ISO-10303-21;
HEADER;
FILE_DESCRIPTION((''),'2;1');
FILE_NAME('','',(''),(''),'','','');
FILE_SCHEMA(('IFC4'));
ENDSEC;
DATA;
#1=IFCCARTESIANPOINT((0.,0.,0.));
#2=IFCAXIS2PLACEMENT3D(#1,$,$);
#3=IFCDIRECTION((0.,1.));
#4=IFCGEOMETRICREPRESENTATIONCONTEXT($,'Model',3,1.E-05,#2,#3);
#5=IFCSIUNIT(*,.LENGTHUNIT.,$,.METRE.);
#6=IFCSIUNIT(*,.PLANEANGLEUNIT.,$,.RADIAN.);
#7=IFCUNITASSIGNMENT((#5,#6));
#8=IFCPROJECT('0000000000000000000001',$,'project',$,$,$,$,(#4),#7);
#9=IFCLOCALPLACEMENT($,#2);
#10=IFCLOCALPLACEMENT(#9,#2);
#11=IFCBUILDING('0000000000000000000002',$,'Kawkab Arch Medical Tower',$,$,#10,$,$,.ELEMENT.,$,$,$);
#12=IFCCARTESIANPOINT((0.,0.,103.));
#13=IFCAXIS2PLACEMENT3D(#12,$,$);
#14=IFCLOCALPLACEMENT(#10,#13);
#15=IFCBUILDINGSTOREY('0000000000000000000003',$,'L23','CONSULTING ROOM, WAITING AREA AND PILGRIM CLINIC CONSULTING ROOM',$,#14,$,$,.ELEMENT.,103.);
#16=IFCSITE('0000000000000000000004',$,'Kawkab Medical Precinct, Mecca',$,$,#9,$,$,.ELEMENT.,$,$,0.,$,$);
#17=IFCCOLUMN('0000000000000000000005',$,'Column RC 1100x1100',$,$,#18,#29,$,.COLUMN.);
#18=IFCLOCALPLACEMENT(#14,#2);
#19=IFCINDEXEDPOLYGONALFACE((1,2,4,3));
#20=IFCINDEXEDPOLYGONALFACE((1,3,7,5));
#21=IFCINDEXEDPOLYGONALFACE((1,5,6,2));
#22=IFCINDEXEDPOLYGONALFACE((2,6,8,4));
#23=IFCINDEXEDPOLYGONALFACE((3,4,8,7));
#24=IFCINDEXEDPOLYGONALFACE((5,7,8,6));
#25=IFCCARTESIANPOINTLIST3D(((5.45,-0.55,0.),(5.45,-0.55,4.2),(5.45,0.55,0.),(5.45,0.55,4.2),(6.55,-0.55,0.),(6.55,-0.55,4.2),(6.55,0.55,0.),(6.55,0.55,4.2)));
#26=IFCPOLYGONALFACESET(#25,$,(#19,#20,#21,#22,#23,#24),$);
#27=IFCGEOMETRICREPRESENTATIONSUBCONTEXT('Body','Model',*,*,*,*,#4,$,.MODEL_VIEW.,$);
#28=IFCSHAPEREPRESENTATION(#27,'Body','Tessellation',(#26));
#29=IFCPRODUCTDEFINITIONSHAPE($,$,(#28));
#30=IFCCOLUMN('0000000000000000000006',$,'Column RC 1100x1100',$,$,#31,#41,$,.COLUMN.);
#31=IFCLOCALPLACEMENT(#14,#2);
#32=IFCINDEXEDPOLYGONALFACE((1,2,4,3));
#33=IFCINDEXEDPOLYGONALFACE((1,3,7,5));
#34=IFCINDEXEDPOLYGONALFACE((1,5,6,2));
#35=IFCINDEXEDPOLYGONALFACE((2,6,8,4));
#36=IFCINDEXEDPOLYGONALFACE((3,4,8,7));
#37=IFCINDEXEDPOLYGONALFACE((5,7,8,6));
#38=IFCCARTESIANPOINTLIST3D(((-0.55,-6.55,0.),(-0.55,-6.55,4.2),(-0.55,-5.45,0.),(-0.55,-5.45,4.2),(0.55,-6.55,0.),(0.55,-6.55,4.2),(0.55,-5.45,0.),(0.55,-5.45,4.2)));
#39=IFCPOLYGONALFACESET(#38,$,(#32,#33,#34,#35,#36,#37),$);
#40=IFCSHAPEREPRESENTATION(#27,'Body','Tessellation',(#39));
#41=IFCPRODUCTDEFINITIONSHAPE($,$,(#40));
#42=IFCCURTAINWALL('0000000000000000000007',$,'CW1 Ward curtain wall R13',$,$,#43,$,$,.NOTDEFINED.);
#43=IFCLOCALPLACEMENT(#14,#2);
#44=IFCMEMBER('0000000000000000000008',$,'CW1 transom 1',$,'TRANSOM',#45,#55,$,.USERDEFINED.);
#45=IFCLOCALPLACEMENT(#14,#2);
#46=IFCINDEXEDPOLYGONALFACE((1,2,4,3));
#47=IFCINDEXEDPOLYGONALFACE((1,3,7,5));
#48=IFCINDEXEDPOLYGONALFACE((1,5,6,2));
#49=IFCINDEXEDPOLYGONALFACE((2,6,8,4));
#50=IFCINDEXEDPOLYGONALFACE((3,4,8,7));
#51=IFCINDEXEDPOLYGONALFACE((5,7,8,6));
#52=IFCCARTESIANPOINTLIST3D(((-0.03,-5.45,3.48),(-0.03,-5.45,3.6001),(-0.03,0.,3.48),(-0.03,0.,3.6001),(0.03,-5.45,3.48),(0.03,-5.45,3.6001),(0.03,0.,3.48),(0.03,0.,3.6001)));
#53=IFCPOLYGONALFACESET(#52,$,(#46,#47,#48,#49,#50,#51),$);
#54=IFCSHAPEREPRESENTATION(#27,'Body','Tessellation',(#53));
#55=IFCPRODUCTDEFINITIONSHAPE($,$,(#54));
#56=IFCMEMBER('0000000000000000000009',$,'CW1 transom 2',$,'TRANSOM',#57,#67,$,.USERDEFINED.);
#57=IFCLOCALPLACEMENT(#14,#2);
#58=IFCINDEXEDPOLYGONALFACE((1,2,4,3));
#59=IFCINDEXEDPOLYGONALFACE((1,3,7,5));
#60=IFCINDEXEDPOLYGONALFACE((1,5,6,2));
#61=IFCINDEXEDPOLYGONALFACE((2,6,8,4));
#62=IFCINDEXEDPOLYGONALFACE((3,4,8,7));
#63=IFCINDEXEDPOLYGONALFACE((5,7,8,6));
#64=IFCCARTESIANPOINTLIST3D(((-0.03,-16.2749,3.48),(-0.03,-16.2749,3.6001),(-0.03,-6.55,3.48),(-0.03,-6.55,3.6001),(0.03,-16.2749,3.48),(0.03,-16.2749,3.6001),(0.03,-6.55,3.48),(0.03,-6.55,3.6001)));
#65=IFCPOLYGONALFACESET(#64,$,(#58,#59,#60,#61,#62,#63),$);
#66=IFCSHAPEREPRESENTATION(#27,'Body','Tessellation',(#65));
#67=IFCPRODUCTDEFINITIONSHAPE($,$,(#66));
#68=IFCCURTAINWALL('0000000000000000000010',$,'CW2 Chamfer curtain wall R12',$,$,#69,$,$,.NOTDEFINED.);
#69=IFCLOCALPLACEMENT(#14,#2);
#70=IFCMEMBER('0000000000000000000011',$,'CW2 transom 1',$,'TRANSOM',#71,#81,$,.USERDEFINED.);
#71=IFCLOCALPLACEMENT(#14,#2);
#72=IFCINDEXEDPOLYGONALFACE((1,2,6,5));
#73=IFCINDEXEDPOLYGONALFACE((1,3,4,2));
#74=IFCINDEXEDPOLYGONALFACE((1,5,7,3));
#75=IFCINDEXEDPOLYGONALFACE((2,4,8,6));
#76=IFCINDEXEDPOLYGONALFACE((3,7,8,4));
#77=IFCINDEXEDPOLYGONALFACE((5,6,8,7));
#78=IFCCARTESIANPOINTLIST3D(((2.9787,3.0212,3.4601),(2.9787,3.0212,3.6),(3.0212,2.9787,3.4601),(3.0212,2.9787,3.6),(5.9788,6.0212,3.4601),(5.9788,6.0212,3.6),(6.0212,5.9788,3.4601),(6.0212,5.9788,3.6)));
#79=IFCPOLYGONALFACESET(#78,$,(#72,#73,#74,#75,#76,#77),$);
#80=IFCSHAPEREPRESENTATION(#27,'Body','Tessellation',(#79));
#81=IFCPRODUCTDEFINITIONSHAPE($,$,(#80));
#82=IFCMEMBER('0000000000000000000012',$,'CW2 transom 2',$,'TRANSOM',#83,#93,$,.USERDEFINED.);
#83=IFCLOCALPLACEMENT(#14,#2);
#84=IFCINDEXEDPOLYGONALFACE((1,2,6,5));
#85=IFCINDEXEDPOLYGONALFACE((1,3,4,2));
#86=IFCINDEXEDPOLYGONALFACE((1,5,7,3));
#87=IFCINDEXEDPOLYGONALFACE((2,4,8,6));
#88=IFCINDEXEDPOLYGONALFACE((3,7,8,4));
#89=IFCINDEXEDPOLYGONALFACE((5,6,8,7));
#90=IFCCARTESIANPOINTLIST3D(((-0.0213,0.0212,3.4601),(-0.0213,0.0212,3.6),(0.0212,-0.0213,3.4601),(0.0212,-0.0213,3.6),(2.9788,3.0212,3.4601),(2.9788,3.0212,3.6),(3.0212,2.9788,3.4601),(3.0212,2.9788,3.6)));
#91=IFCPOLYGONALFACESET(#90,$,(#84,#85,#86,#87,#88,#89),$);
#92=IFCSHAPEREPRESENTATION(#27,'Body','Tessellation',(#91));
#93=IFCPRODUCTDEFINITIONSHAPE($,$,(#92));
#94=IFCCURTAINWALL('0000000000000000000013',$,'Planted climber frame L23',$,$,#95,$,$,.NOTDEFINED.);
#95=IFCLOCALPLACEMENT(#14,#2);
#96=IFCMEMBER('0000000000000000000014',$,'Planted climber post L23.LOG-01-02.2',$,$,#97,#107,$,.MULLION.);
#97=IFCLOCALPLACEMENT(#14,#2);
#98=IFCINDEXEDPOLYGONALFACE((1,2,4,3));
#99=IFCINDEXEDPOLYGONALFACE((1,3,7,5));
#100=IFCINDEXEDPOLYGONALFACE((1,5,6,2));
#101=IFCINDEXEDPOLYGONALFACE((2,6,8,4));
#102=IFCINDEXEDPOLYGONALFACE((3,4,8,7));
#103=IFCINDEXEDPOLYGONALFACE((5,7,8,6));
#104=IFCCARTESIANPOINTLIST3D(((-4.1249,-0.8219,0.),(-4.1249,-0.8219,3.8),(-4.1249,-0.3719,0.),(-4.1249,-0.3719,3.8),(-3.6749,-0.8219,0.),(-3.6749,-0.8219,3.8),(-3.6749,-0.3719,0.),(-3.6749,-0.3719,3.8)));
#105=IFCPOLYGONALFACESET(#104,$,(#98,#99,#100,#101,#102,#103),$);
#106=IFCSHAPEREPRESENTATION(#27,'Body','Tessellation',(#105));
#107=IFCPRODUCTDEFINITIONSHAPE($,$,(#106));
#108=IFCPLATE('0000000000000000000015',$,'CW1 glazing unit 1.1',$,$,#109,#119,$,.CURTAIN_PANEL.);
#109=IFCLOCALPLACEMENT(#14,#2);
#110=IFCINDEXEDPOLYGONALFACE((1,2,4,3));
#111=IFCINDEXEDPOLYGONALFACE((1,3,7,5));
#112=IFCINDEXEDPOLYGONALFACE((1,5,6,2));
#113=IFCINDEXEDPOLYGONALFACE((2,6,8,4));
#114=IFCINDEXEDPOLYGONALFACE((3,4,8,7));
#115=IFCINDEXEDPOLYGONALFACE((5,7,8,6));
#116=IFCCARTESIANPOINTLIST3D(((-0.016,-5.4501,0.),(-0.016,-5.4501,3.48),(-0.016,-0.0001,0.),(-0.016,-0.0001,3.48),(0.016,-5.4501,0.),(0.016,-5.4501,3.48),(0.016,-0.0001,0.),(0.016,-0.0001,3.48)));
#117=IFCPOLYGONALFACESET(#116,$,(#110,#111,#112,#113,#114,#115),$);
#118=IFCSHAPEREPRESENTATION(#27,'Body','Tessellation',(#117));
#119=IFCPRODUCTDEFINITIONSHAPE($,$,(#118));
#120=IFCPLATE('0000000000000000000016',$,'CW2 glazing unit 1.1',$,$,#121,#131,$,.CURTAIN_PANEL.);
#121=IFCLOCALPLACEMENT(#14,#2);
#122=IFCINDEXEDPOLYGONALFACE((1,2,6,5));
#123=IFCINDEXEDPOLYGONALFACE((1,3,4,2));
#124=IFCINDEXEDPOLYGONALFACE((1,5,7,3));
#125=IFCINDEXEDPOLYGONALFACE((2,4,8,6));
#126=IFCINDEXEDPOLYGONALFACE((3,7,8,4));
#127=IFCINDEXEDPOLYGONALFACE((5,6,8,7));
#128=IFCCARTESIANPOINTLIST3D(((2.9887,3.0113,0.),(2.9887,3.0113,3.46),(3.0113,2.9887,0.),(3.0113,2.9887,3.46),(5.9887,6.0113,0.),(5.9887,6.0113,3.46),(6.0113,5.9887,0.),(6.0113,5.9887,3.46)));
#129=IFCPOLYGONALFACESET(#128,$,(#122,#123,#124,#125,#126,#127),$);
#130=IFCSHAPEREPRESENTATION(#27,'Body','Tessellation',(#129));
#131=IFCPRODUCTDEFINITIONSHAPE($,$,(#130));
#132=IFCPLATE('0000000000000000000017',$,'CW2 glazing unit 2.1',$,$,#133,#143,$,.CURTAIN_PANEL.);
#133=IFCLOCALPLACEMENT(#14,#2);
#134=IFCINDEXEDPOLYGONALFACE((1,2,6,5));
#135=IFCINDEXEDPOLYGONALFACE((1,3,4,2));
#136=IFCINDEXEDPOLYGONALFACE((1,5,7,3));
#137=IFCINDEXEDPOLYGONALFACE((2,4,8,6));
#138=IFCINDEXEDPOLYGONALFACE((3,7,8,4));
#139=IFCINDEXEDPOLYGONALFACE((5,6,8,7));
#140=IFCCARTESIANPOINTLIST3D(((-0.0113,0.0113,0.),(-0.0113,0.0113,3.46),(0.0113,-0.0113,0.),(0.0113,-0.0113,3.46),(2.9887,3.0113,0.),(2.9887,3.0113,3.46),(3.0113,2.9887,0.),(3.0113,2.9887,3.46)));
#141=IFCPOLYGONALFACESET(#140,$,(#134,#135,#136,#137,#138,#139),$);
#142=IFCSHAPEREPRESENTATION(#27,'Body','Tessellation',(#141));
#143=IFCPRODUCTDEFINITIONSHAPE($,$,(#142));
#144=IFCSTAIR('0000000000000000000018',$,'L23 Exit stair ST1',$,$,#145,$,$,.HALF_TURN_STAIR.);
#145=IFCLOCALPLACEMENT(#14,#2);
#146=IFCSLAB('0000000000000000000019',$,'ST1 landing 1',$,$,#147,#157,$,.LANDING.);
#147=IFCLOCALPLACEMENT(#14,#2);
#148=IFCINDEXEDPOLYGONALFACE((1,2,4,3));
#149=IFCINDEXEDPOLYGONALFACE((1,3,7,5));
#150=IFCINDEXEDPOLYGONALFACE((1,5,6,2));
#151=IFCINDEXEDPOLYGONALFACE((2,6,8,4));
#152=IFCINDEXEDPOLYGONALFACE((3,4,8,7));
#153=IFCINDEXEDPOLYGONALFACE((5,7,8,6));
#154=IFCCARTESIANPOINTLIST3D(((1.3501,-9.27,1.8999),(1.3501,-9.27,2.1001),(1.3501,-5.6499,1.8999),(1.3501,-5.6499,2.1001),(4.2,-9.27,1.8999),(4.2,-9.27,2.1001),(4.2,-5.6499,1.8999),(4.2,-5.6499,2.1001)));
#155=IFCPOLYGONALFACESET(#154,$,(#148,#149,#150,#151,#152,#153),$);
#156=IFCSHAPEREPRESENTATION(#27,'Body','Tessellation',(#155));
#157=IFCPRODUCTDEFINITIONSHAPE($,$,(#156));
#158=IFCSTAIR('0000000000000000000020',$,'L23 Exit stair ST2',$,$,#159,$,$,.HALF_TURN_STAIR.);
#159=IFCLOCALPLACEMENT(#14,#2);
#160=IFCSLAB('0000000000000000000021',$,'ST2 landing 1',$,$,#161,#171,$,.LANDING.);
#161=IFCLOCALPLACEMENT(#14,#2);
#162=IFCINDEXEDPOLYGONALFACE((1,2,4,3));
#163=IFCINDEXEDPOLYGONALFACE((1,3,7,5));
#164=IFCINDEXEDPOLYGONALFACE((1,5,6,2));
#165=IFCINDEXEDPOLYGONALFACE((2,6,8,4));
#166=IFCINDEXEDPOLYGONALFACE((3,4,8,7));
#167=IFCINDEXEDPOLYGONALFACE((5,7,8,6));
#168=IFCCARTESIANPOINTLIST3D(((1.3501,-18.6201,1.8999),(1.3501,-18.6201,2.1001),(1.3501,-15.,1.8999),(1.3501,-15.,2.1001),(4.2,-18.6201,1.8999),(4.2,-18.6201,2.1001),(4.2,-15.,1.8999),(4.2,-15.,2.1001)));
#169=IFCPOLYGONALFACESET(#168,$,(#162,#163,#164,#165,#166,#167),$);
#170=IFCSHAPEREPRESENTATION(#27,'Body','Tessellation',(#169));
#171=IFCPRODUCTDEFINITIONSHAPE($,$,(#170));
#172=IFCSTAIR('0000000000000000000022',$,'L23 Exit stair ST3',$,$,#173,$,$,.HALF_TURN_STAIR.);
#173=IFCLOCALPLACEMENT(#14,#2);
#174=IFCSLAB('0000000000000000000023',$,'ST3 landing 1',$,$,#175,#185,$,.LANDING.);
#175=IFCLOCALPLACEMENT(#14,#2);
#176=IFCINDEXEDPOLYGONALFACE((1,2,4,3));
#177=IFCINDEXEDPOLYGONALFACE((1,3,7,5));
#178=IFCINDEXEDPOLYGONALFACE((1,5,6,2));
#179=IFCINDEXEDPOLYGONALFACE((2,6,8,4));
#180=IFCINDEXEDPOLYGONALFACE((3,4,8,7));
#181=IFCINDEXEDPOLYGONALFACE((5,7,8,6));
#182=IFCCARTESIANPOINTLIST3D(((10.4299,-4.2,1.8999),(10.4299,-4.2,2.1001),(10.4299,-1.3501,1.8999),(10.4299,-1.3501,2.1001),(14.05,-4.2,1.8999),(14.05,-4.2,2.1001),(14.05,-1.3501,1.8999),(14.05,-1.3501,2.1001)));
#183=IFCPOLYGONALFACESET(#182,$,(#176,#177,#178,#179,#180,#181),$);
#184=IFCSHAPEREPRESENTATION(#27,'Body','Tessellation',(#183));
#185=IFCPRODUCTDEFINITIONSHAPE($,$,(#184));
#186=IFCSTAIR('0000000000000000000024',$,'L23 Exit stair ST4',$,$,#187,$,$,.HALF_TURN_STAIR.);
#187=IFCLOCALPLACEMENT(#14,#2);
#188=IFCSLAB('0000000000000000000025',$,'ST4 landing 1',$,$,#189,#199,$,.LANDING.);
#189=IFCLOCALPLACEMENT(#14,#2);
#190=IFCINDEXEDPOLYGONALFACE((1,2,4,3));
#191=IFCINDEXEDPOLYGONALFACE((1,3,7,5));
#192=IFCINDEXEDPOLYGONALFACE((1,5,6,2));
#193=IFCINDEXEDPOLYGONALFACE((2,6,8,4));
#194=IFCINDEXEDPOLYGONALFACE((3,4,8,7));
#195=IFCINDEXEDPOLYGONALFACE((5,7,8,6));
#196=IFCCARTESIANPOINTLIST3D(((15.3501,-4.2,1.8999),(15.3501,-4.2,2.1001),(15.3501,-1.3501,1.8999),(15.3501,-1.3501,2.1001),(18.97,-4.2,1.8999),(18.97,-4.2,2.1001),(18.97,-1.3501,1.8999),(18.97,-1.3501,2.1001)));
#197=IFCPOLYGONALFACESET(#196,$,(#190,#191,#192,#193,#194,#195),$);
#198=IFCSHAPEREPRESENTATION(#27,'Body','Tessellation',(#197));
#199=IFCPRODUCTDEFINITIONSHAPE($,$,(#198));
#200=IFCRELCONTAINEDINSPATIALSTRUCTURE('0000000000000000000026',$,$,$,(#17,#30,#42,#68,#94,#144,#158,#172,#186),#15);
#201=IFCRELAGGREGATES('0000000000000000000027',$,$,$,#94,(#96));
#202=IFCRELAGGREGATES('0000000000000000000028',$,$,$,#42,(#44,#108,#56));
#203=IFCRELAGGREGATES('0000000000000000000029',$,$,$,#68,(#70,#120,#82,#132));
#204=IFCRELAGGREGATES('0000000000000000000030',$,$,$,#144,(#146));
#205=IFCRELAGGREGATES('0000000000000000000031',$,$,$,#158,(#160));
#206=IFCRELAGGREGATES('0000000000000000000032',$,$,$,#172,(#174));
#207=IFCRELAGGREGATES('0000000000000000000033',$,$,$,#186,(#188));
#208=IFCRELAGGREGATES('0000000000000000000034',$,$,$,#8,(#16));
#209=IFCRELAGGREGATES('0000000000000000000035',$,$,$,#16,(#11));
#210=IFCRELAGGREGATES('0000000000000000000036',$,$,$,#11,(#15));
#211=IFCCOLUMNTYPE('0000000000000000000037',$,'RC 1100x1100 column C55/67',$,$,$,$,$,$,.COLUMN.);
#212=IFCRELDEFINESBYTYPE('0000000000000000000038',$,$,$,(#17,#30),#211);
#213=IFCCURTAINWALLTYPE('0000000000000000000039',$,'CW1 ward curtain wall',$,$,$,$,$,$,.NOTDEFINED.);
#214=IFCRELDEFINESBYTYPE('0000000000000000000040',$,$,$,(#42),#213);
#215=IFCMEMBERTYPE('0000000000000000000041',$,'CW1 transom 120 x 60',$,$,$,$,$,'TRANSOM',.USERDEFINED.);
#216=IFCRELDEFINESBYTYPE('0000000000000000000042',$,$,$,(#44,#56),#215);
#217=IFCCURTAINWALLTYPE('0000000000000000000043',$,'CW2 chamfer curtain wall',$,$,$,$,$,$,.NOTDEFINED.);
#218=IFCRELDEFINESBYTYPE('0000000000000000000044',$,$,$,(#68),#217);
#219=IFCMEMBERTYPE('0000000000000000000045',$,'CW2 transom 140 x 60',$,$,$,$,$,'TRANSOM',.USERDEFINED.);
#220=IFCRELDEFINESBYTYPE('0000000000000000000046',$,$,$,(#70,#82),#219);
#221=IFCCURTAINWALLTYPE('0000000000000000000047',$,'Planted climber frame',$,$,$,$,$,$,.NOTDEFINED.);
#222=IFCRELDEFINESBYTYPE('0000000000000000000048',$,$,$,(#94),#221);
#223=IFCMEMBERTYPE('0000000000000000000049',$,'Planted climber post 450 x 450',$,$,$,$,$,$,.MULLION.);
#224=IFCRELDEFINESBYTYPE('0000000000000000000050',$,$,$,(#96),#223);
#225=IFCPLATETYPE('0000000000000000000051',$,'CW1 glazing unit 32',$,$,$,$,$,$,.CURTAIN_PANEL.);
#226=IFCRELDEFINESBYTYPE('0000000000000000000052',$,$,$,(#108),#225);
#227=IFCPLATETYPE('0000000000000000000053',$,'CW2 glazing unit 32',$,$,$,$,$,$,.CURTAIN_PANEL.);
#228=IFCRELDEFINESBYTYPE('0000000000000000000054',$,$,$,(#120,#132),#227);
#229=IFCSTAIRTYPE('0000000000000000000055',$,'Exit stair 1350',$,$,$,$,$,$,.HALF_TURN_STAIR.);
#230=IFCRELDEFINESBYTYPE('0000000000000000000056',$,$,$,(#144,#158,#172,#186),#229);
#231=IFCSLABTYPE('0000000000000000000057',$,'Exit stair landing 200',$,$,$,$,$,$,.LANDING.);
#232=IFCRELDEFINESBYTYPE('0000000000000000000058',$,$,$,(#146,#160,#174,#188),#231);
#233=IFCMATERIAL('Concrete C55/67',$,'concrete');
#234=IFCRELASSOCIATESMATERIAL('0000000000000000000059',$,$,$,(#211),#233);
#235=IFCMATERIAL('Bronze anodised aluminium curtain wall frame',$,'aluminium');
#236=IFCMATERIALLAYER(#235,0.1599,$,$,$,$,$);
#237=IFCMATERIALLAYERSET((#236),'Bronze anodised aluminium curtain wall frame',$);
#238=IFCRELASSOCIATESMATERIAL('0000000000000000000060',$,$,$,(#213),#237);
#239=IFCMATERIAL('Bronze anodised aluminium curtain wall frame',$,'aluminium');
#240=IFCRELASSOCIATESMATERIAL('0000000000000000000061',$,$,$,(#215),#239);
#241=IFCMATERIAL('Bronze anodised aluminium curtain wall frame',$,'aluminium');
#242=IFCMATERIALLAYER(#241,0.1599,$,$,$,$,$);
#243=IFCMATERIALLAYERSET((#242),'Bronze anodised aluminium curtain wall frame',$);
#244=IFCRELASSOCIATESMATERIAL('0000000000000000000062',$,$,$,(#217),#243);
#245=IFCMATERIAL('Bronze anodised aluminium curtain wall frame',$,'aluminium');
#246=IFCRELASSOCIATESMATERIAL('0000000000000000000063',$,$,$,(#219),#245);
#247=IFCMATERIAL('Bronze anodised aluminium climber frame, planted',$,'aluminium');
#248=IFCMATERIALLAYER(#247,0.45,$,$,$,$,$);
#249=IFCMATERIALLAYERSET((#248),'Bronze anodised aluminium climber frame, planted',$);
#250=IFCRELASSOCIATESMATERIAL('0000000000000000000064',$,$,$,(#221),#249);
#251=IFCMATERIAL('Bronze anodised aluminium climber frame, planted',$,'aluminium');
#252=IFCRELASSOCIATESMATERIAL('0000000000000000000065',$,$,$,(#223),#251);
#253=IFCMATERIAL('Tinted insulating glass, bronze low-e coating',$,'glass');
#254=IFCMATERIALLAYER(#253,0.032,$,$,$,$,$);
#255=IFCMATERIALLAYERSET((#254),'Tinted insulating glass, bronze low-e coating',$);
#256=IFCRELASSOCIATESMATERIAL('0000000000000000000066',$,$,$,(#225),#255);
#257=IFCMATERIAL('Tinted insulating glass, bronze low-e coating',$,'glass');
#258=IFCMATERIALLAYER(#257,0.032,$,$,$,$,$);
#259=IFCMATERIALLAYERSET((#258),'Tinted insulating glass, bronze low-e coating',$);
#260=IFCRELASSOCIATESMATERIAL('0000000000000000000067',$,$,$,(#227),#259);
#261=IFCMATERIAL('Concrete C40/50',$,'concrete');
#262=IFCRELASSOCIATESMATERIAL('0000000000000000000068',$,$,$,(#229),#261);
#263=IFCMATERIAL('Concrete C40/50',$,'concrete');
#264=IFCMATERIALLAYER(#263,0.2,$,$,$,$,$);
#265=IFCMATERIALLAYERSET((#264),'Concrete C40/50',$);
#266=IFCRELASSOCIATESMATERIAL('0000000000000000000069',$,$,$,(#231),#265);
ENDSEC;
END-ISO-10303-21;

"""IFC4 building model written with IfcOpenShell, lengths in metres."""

from ifc_helpers import new_model, si_unit, direction, frame, origin, origin_2d, place, context, subcontext, project, spatial, polyline, rectangle, outline, extrude, material, layer, layer_set, material_profile, profile_set, type_object, element, aggregate, save


model = new_model("IFC4")

# Units and contexts
model_context = context("Model", 3, precision=1e-05, world=origin(), true_north=direction((0.0, 1.0)))
body_context = subcontext(model_context, "Body", "Model", "MODEL_VIEW")
ifc_project = project(units=[si_unit("LENGTHUNIT", "METRE"), si_unit("PLANEANGLEUNIT", "RADIAN")], contexts=[model_context])

# Site, building, storey
site_placement = place(None, origin())
site = spatial("IfcSite", under=ifc_project, at=site_placement, Name="Kawkab Medical Precinct, Mecca", CompositionType="ELEMENT", RefElevation=0.0)
building_placement = place(site_placement, origin())
building = spatial("IfcBuilding", under=site, at=building_placement, Name="Kawkab Arch Medical Tower", CompositionType="ELEMENT")
storey_placement = place(building_placement, frame((0.0, 0.0, 103.0)))
storey = spatial("IfcBuildingStorey", under=building, at=storey_placement, Name="L23", Description="CONSULTING ROOM, WAITING AREA AND PILGRIM CLINIC CONSULTING ROOM", CompositionType="ELEMENT", Elevation=103.0)

# Columns
ifc_material_1 = material(Name="Concrete C55/67", Category="concrete")
ifc_material_profile_1 = material_profile(ifc_material_1, rectangle(XDim=1.1001, YDim=1.1001, at=origin_2d()), Name="RC 1100x1100")
ifc_profile_set_1 = profile_set([ifc_material_profile_1], Name="Concrete C55/67")
column_type = type_object("IfcColumnType", Name="RC 1100x1100 column C55/67", PredefinedType="COLUMN", material=ifc_profile_set_1)
for number, where, z_axis, x_axis, name in (
    (1, (6.0, 0.0, 0.0), (0.0, 0.0, 1.0), (1.0, 0.0, 0.0), "Column RC 1100x1100"),
    (2, (0.0, -6.0, 0.0), (0.0, 0.0, 1.0), (1.0, 0.0, 0.0), "Column RC 1100x1100"),
):
    element("IfcColumn", number, at=place(storey_placement, frame(where, z_axis=z_axis, x_axis=x_axis)), inside=storey, type_object=column_type, Name=name, PredefinedType="COLUMN", context=body_context, shape_type="SweptSolid", body=[
        extrude(rectangle(XDim=1.1001, YDim=1.1001, at=origin_2d()), origin(), (0.0, 0.0, 1.0), 4.2),
    ])

# Curtain walls, members
ifc_material_2 = material(Name="Bronze anodised aluminium curtain wall frame", Category="aluminium")
ifc_layer_1 = layer(ifc_material_2, 0.1599)
ifc_layer_set_1 = layer_set([ifc_layer_1], Name="Bronze anodised aluminium curtain wall frame")
curtain_wall_type_1 = type_object("IfcCurtainWallType", Name="CW1 ward curtain wall", PredefinedType="NOTDEFINED", material=ifc_layer_set_1)
placement_1 = place(storey_placement, origin())
curtain_wall_1 = element("IfcCurtainWall", 3, at=placement_1, inside=storey, type_object=curtain_wall_type_1, Name="CW1 Ward curtain wall R13", PredefinedType="NOTDEFINED")
ifc_material_3 = material(Name="Bronze anodised aluminium curtain wall frame", Category="aluminium")
ifc_material_profile_2 = material_profile(ifc_material_3, rectangle(XDim=0.0601, YDim=0.1201, at=origin_2d()), Name="AL 60x120")
ifc_profile_set_2 = profile_set([ifc_material_profile_2], Name="Bronze anodised aluminium curtain wall frame")
member_type_1 = type_object("IfcMemberType", Name="CW1 transom 120 x 60", ElementType="TRANSOM", PredefinedType="USERDEFINED", material=ifc_profile_set_2)
member_1_placement = place(storey_placement, frame((0.0, 0.0, 3.54), z_axis=(0.0, -1.0, 0.0), x_axis=(1.0, 0.0, 0.0)))
member_1 = element("IfcMember", 4, at=member_1_placement, type_object=member_type_1, Name="CW1 transom 1", ObjectType="TRANSOM", PredefinedType="USERDEFINED", context=body_context, shape_type="SweptSolid", body=[
    extrude(rectangle(XDim=0.0601, YDim=0.1201, at=origin_2d()), origin(), (0.0, 0.0, 1.0), 5.45),
])
member_2_placement = place(storey_placement, frame((0.0, -6.55, 3.54), z_axis=(0.0, -1.0, 0.0), x_axis=(1.0, 0.0, 0.0)))
member_2 = element("IfcMember", 5, at=member_2_placement, type_object=member_type_1, Name="CW1 transom 2", ObjectType="TRANSOM", PredefinedType="USERDEFINED", context=body_context, shape_type="SweptSolid", body=[
    extrude(rectangle(XDim=0.0601, YDim=0.1201, at=origin_2d()), origin(), (0.0, 0.0, 1.0), 9.7249),
])
ifc_material_4 = material(Name="Bronze anodised aluminium curtain wall frame", Category="aluminium")
ifc_layer_2 = layer(ifc_material_4, 0.1599)
ifc_layer_set_2 = layer_set([ifc_layer_2], Name="Bronze anodised aluminium curtain wall frame")
curtain_wall_type_2 = type_object("IfcCurtainWallType", Name="CW2 chamfer curtain wall", PredefinedType="NOTDEFINED", material=ifc_layer_set_2)
curtain_wall_2 = element("IfcCurtainWall", 6, at=placement_1, inside=storey, type_object=curtain_wall_type_2, Name="CW2 Chamfer curtain wall R12", PredefinedType="NOTDEFINED")
ifc_material_5 = material(Name="Bronze anodised aluminium curtain wall frame", Category="aluminium")
ifc_material_profile_3 = material_profile(ifc_material_5, rectangle(XDim=0.0601, YDim=0.1399, at=origin_2d()), Name="AL 60x140")
ifc_profile_set_3 = profile_set([ifc_material_profile_3], Name="Bronze anodised aluminium curtain wall frame")
member_type_2 = type_object("IfcMemberType", Name="CW2 transom 140 x 60", ElementType="TRANSOM", PredefinedType="USERDEFINED", material=ifc_profile_set_3)
member_3_placement = place(storey_placement, frame((6.0, 6.0, 3.53), z_axis=(-0.707107, -0.707107, 0.0), x_axis=(0.707107, -0.707107, 0.0)))
member_3 = element("IfcMember", 7, at=member_3_placement, type_object=member_type_2, Name="CW2 transom 1", ObjectType="TRANSOM", PredefinedType="USERDEFINED", context=body_context, shape_type="SweptSolid", body=[
    extrude(rectangle(XDim=0.0601, YDim=0.1399, at=origin_2d()), origin(), (0.0, 0.0, 1.0), 4.2427),
])
member_4_placement = place(storey_placement, frame((3.0, 3.0, 3.53), z_axis=(-0.707107, -0.707107, 0.0), x_axis=(0.707107, -0.707107, 0.0)))
member_4 = element("IfcMember", 8, at=member_4_placement, type_object=member_type_2, Name="CW2 transom 2", ObjectType="TRANSOM", PredefinedType="USERDEFINED", context=body_context, shape_type="SweptSolid", body=[
    extrude(rectangle(XDim=0.0601, YDim=0.1399, at=origin_2d()), origin(), (0.0, 0.0, 1.0), 4.2427),
])

# Curtain wall, member
ifc_material_6 = material(Name="Bronze anodised aluminium climber frame, planted", Category="aluminium")
ifc_layer_3 = layer(ifc_material_6, 0.45)
ifc_layer_set_3 = layer_set([ifc_layer_3], Name="Bronze anodised aluminium climber frame, planted")
curtain_wall_type_3 = type_object("IfcCurtainWallType", Name="Planted climber frame", PredefinedType="NOTDEFINED", material=ifc_layer_set_3)
curtain_wall_3 = element("IfcCurtainWall", 9, at=placement_1, inside=storey, type_object=curtain_wall_type_3, Name="Planted climber frame L23", PredefinedType="NOTDEFINED")
ifc_material_7 = material(Name="Bronze anodised aluminium climber frame, planted", Category="aluminium")
ifc_material_profile_4 = material_profile(ifc_material_7, rectangle(XDim=0.45, YDim=0.45, at=origin_2d()), Name="Post 450x450")
ifc_profile_set_4 = profile_set([ifc_material_profile_4], Name="Bronze anodised aluminium climber frame, planted")
member_type_3 = type_object("IfcMemberType", Name="Planted climber post 450 x 450", PredefinedType="MULLION", material=ifc_profile_set_4)
member_5_placement = place(storey_placement, frame((-3.8999, -0.5969, 0.0), z_axis=(0.0, 0.0, 1.0), x_axis=(1.0, 0.0, 0.0)))
member_5 = element("IfcMember", 10, at=member_5_placement, type_object=member_type_3, Name="Planted climber post L23.LOG-01-02.2", PredefinedType="MULLION", context=body_context, shape_type="SweptSolid", body=[
    extrude(rectangle(XDim=0.45, YDim=0.45, at=origin_2d()), origin(), (0.0, 0.0, 1.0), 3.8),
])
aggregate(curtain_wall_3, [member_5])

# Plates
ifc_material_8 = material(Name="Tinted insulating glass, bronze low-e coating", Category="glass")
ifc_layer_4 = layer(ifc_material_8, 0.032)
ifc_layer_set_4 = layer_set([ifc_layer_4], Name="Tinted insulating glass, bronze low-e coating")
plate_type_1 = type_object("IfcPlateType", Name="CW1 glazing unit 32", PredefinedType="CURTAIN_PANEL", material=ifc_layer_set_4)
plate_1_placement = place(storey_placement, frame((0.0, -2.7251, 0.0), z_axis=(0.0, 0.0, 1.0), x_axis=(0.0, -1.0, 0.0)))
plate_1 = element("IfcPlate", 11, at=plate_1_placement, type_object=plate_type_1, Name="CW1 glazing unit 1.1", PredefinedType="CURTAIN_PANEL", context=body_context, shape_type="SweptSolid", body=[
    extrude(rectangle(XDim=5.45, YDim=0.032, at=origin_2d()), origin(), (0.0, 0.0, 1.0), 3.48),
])
aggregate(curtain_wall_1, [member_1, plate_1, member_2])
ifc_material_9 = material(Name="Tinted insulating glass, bronze low-e coating", Category="glass")
ifc_layer_5 = layer(ifc_material_9, 0.032)
ifc_layer_set_5 = layer_set([ifc_layer_5], Name="Tinted insulating glass, bronze low-e coating")
plate_type_2 = type_object("IfcPlateType", Name="CW2 glazing unit 32", PredefinedType="CURTAIN_PANEL", material=ifc_layer_set_5)
plate_2_placement = place(storey_placement, frame((4.5, 4.5, 0.0), z_axis=(0.0, 0.0, 1.0), x_axis=(-0.707107, -0.707107, 0.0)))
plate_2 = element("IfcPlate", 12, at=plate_2_placement, type_object=plate_type_2, Name="CW2 glazing unit 1.1", PredefinedType="CURTAIN_PANEL", context=body_context, shape_type="SweptSolid", body=[
    extrude(rectangle(XDim=4.2427, YDim=0.032, at=origin_2d()), origin(), (0.0, 0.0, 1.0), 3.46),
])
plate_3_placement = place(storey_placement, frame((1.5, 1.5, 0.0), z_axis=(0.0, 0.0, 1.0), x_axis=(-0.707107, -0.707107, 0.0)))
plate_3 = element("IfcPlate", 13, at=plate_3_placement, type_object=plate_type_2, Name="CW2 glazing unit 2.1", PredefinedType="CURTAIN_PANEL", context=body_context, shape_type="SweptSolid", body=[
    extrude(rectangle(XDim=4.2427, YDim=0.032, at=origin_2d()), origin(), (0.0, 0.0, 1.0), 3.46),
])
aggregate(curtain_wall_2, [member_3, plate_2, member_4, plate_3])

# Stairs, slabs
ifc_material_10 = material(Name="Concrete C40/50", Category="concrete")
stair_type = type_object("IfcStairType", Name="Exit stair 1350", PredefinedType="HALF_TURN_STAIR", material=ifc_material_10)
stair_1 = element("IfcStair", 14, at=placement_1, inside=storey, type_object=stair_type, Name="L23 Exit stair ST1", PredefinedType="HALF_TURN_STAIR")
ifc_material_11 = material(Name="Concrete C40/50", Category="concrete")
ifc_layer_6 = layer(ifc_material_11, 0.2)
ifc_layer_set_6 = layer_set([ifc_layer_6], Name="Concrete C40/50")
slab_type_1 = type_object("IfcSlabType", Name="Exit stair landing 200", PredefinedType="LANDING", material=ifc_layer_set_6)
placement_2 = place(storey_placement, frame((0.0, 0.0, 1.8999)))
slab_1 = element("IfcSlab", 15, at=placement_2, type_object=slab_type_1, Name="ST1 landing 1", PredefinedType="LANDING", context=body_context, shape_type="SweptSolid", body=[
    extrude(outline(polyline([(4.2, -9.27), (4.2, -5.6499), (1.3501, -5.6499), (1.3501, -9.27), (4.2, -9.27)])), origin(), (0.0, 0.0, 1.0), 0.2002),
])
aggregate(stair_1, [slab_1])
stair_2 = element("IfcStair", 16, at=placement_1, inside=storey, type_object=stair_type, Name="L23 Exit stair ST2", PredefinedType="HALF_TURN_STAIR")
slab_2 = element("IfcSlab", 17, at=placement_2, type_object=slab_type_1, Name="ST2 landing 1", PredefinedType="LANDING", context=body_context, shape_type="SweptSolid", body=[
    extrude(outline(polyline([(4.2, -18.6201), (4.2, -15.0), (1.3501, -15.0), (1.3501, -18.6201), (4.2, -18.6201)])), origin(), (0.0, 0.0, 1.0), 0.2002),
])
aggregate(stair_2, [slab_2])
stair_3 = element("IfcStair", 18, at=placement_1, inside=storey, type_object=stair_type, Name="L23 Exit stair ST3", PredefinedType="HALF_TURN_STAIR")
slab_3 = element("IfcSlab", 19, at=placement_2, type_object=slab_type_1, Name="ST3 landing 1", PredefinedType="LANDING", context=body_context, shape_type="SweptSolid", body=[
    extrude(outline(polyline([(10.4299, -4.2), (14.05, -4.2), (14.05, -1.3501), (10.4299, -1.3501), (10.4299, -4.2)])), origin(), (0.0, 0.0, 1.0), 0.2002),
])
aggregate(stair_3, [slab_3])
stair_4 = element("IfcStair", 20, at=placement_1, inside=storey, type_object=stair_type, Name="L23 Exit stair ST4", PredefinedType="HALF_TURN_STAIR")
slab_4 = element("IfcSlab", 21, at=placement_2, type_object=slab_type_1, Name="ST4 landing 1", PredefinedType="LANDING", context=body_context, shape_type="SweptSolid", body=[
    extrude(outline(polyline([(18.97, -1.3501), (15.3501, -1.3501), (15.3501, -4.2), (18.97, -4.2), (18.97, -1.3501)])), origin(), (0.0, 0.0, 1.0), 0.2002),
])
aggregate(stair_4, [slab_4])

save(model, "model.ifc")
